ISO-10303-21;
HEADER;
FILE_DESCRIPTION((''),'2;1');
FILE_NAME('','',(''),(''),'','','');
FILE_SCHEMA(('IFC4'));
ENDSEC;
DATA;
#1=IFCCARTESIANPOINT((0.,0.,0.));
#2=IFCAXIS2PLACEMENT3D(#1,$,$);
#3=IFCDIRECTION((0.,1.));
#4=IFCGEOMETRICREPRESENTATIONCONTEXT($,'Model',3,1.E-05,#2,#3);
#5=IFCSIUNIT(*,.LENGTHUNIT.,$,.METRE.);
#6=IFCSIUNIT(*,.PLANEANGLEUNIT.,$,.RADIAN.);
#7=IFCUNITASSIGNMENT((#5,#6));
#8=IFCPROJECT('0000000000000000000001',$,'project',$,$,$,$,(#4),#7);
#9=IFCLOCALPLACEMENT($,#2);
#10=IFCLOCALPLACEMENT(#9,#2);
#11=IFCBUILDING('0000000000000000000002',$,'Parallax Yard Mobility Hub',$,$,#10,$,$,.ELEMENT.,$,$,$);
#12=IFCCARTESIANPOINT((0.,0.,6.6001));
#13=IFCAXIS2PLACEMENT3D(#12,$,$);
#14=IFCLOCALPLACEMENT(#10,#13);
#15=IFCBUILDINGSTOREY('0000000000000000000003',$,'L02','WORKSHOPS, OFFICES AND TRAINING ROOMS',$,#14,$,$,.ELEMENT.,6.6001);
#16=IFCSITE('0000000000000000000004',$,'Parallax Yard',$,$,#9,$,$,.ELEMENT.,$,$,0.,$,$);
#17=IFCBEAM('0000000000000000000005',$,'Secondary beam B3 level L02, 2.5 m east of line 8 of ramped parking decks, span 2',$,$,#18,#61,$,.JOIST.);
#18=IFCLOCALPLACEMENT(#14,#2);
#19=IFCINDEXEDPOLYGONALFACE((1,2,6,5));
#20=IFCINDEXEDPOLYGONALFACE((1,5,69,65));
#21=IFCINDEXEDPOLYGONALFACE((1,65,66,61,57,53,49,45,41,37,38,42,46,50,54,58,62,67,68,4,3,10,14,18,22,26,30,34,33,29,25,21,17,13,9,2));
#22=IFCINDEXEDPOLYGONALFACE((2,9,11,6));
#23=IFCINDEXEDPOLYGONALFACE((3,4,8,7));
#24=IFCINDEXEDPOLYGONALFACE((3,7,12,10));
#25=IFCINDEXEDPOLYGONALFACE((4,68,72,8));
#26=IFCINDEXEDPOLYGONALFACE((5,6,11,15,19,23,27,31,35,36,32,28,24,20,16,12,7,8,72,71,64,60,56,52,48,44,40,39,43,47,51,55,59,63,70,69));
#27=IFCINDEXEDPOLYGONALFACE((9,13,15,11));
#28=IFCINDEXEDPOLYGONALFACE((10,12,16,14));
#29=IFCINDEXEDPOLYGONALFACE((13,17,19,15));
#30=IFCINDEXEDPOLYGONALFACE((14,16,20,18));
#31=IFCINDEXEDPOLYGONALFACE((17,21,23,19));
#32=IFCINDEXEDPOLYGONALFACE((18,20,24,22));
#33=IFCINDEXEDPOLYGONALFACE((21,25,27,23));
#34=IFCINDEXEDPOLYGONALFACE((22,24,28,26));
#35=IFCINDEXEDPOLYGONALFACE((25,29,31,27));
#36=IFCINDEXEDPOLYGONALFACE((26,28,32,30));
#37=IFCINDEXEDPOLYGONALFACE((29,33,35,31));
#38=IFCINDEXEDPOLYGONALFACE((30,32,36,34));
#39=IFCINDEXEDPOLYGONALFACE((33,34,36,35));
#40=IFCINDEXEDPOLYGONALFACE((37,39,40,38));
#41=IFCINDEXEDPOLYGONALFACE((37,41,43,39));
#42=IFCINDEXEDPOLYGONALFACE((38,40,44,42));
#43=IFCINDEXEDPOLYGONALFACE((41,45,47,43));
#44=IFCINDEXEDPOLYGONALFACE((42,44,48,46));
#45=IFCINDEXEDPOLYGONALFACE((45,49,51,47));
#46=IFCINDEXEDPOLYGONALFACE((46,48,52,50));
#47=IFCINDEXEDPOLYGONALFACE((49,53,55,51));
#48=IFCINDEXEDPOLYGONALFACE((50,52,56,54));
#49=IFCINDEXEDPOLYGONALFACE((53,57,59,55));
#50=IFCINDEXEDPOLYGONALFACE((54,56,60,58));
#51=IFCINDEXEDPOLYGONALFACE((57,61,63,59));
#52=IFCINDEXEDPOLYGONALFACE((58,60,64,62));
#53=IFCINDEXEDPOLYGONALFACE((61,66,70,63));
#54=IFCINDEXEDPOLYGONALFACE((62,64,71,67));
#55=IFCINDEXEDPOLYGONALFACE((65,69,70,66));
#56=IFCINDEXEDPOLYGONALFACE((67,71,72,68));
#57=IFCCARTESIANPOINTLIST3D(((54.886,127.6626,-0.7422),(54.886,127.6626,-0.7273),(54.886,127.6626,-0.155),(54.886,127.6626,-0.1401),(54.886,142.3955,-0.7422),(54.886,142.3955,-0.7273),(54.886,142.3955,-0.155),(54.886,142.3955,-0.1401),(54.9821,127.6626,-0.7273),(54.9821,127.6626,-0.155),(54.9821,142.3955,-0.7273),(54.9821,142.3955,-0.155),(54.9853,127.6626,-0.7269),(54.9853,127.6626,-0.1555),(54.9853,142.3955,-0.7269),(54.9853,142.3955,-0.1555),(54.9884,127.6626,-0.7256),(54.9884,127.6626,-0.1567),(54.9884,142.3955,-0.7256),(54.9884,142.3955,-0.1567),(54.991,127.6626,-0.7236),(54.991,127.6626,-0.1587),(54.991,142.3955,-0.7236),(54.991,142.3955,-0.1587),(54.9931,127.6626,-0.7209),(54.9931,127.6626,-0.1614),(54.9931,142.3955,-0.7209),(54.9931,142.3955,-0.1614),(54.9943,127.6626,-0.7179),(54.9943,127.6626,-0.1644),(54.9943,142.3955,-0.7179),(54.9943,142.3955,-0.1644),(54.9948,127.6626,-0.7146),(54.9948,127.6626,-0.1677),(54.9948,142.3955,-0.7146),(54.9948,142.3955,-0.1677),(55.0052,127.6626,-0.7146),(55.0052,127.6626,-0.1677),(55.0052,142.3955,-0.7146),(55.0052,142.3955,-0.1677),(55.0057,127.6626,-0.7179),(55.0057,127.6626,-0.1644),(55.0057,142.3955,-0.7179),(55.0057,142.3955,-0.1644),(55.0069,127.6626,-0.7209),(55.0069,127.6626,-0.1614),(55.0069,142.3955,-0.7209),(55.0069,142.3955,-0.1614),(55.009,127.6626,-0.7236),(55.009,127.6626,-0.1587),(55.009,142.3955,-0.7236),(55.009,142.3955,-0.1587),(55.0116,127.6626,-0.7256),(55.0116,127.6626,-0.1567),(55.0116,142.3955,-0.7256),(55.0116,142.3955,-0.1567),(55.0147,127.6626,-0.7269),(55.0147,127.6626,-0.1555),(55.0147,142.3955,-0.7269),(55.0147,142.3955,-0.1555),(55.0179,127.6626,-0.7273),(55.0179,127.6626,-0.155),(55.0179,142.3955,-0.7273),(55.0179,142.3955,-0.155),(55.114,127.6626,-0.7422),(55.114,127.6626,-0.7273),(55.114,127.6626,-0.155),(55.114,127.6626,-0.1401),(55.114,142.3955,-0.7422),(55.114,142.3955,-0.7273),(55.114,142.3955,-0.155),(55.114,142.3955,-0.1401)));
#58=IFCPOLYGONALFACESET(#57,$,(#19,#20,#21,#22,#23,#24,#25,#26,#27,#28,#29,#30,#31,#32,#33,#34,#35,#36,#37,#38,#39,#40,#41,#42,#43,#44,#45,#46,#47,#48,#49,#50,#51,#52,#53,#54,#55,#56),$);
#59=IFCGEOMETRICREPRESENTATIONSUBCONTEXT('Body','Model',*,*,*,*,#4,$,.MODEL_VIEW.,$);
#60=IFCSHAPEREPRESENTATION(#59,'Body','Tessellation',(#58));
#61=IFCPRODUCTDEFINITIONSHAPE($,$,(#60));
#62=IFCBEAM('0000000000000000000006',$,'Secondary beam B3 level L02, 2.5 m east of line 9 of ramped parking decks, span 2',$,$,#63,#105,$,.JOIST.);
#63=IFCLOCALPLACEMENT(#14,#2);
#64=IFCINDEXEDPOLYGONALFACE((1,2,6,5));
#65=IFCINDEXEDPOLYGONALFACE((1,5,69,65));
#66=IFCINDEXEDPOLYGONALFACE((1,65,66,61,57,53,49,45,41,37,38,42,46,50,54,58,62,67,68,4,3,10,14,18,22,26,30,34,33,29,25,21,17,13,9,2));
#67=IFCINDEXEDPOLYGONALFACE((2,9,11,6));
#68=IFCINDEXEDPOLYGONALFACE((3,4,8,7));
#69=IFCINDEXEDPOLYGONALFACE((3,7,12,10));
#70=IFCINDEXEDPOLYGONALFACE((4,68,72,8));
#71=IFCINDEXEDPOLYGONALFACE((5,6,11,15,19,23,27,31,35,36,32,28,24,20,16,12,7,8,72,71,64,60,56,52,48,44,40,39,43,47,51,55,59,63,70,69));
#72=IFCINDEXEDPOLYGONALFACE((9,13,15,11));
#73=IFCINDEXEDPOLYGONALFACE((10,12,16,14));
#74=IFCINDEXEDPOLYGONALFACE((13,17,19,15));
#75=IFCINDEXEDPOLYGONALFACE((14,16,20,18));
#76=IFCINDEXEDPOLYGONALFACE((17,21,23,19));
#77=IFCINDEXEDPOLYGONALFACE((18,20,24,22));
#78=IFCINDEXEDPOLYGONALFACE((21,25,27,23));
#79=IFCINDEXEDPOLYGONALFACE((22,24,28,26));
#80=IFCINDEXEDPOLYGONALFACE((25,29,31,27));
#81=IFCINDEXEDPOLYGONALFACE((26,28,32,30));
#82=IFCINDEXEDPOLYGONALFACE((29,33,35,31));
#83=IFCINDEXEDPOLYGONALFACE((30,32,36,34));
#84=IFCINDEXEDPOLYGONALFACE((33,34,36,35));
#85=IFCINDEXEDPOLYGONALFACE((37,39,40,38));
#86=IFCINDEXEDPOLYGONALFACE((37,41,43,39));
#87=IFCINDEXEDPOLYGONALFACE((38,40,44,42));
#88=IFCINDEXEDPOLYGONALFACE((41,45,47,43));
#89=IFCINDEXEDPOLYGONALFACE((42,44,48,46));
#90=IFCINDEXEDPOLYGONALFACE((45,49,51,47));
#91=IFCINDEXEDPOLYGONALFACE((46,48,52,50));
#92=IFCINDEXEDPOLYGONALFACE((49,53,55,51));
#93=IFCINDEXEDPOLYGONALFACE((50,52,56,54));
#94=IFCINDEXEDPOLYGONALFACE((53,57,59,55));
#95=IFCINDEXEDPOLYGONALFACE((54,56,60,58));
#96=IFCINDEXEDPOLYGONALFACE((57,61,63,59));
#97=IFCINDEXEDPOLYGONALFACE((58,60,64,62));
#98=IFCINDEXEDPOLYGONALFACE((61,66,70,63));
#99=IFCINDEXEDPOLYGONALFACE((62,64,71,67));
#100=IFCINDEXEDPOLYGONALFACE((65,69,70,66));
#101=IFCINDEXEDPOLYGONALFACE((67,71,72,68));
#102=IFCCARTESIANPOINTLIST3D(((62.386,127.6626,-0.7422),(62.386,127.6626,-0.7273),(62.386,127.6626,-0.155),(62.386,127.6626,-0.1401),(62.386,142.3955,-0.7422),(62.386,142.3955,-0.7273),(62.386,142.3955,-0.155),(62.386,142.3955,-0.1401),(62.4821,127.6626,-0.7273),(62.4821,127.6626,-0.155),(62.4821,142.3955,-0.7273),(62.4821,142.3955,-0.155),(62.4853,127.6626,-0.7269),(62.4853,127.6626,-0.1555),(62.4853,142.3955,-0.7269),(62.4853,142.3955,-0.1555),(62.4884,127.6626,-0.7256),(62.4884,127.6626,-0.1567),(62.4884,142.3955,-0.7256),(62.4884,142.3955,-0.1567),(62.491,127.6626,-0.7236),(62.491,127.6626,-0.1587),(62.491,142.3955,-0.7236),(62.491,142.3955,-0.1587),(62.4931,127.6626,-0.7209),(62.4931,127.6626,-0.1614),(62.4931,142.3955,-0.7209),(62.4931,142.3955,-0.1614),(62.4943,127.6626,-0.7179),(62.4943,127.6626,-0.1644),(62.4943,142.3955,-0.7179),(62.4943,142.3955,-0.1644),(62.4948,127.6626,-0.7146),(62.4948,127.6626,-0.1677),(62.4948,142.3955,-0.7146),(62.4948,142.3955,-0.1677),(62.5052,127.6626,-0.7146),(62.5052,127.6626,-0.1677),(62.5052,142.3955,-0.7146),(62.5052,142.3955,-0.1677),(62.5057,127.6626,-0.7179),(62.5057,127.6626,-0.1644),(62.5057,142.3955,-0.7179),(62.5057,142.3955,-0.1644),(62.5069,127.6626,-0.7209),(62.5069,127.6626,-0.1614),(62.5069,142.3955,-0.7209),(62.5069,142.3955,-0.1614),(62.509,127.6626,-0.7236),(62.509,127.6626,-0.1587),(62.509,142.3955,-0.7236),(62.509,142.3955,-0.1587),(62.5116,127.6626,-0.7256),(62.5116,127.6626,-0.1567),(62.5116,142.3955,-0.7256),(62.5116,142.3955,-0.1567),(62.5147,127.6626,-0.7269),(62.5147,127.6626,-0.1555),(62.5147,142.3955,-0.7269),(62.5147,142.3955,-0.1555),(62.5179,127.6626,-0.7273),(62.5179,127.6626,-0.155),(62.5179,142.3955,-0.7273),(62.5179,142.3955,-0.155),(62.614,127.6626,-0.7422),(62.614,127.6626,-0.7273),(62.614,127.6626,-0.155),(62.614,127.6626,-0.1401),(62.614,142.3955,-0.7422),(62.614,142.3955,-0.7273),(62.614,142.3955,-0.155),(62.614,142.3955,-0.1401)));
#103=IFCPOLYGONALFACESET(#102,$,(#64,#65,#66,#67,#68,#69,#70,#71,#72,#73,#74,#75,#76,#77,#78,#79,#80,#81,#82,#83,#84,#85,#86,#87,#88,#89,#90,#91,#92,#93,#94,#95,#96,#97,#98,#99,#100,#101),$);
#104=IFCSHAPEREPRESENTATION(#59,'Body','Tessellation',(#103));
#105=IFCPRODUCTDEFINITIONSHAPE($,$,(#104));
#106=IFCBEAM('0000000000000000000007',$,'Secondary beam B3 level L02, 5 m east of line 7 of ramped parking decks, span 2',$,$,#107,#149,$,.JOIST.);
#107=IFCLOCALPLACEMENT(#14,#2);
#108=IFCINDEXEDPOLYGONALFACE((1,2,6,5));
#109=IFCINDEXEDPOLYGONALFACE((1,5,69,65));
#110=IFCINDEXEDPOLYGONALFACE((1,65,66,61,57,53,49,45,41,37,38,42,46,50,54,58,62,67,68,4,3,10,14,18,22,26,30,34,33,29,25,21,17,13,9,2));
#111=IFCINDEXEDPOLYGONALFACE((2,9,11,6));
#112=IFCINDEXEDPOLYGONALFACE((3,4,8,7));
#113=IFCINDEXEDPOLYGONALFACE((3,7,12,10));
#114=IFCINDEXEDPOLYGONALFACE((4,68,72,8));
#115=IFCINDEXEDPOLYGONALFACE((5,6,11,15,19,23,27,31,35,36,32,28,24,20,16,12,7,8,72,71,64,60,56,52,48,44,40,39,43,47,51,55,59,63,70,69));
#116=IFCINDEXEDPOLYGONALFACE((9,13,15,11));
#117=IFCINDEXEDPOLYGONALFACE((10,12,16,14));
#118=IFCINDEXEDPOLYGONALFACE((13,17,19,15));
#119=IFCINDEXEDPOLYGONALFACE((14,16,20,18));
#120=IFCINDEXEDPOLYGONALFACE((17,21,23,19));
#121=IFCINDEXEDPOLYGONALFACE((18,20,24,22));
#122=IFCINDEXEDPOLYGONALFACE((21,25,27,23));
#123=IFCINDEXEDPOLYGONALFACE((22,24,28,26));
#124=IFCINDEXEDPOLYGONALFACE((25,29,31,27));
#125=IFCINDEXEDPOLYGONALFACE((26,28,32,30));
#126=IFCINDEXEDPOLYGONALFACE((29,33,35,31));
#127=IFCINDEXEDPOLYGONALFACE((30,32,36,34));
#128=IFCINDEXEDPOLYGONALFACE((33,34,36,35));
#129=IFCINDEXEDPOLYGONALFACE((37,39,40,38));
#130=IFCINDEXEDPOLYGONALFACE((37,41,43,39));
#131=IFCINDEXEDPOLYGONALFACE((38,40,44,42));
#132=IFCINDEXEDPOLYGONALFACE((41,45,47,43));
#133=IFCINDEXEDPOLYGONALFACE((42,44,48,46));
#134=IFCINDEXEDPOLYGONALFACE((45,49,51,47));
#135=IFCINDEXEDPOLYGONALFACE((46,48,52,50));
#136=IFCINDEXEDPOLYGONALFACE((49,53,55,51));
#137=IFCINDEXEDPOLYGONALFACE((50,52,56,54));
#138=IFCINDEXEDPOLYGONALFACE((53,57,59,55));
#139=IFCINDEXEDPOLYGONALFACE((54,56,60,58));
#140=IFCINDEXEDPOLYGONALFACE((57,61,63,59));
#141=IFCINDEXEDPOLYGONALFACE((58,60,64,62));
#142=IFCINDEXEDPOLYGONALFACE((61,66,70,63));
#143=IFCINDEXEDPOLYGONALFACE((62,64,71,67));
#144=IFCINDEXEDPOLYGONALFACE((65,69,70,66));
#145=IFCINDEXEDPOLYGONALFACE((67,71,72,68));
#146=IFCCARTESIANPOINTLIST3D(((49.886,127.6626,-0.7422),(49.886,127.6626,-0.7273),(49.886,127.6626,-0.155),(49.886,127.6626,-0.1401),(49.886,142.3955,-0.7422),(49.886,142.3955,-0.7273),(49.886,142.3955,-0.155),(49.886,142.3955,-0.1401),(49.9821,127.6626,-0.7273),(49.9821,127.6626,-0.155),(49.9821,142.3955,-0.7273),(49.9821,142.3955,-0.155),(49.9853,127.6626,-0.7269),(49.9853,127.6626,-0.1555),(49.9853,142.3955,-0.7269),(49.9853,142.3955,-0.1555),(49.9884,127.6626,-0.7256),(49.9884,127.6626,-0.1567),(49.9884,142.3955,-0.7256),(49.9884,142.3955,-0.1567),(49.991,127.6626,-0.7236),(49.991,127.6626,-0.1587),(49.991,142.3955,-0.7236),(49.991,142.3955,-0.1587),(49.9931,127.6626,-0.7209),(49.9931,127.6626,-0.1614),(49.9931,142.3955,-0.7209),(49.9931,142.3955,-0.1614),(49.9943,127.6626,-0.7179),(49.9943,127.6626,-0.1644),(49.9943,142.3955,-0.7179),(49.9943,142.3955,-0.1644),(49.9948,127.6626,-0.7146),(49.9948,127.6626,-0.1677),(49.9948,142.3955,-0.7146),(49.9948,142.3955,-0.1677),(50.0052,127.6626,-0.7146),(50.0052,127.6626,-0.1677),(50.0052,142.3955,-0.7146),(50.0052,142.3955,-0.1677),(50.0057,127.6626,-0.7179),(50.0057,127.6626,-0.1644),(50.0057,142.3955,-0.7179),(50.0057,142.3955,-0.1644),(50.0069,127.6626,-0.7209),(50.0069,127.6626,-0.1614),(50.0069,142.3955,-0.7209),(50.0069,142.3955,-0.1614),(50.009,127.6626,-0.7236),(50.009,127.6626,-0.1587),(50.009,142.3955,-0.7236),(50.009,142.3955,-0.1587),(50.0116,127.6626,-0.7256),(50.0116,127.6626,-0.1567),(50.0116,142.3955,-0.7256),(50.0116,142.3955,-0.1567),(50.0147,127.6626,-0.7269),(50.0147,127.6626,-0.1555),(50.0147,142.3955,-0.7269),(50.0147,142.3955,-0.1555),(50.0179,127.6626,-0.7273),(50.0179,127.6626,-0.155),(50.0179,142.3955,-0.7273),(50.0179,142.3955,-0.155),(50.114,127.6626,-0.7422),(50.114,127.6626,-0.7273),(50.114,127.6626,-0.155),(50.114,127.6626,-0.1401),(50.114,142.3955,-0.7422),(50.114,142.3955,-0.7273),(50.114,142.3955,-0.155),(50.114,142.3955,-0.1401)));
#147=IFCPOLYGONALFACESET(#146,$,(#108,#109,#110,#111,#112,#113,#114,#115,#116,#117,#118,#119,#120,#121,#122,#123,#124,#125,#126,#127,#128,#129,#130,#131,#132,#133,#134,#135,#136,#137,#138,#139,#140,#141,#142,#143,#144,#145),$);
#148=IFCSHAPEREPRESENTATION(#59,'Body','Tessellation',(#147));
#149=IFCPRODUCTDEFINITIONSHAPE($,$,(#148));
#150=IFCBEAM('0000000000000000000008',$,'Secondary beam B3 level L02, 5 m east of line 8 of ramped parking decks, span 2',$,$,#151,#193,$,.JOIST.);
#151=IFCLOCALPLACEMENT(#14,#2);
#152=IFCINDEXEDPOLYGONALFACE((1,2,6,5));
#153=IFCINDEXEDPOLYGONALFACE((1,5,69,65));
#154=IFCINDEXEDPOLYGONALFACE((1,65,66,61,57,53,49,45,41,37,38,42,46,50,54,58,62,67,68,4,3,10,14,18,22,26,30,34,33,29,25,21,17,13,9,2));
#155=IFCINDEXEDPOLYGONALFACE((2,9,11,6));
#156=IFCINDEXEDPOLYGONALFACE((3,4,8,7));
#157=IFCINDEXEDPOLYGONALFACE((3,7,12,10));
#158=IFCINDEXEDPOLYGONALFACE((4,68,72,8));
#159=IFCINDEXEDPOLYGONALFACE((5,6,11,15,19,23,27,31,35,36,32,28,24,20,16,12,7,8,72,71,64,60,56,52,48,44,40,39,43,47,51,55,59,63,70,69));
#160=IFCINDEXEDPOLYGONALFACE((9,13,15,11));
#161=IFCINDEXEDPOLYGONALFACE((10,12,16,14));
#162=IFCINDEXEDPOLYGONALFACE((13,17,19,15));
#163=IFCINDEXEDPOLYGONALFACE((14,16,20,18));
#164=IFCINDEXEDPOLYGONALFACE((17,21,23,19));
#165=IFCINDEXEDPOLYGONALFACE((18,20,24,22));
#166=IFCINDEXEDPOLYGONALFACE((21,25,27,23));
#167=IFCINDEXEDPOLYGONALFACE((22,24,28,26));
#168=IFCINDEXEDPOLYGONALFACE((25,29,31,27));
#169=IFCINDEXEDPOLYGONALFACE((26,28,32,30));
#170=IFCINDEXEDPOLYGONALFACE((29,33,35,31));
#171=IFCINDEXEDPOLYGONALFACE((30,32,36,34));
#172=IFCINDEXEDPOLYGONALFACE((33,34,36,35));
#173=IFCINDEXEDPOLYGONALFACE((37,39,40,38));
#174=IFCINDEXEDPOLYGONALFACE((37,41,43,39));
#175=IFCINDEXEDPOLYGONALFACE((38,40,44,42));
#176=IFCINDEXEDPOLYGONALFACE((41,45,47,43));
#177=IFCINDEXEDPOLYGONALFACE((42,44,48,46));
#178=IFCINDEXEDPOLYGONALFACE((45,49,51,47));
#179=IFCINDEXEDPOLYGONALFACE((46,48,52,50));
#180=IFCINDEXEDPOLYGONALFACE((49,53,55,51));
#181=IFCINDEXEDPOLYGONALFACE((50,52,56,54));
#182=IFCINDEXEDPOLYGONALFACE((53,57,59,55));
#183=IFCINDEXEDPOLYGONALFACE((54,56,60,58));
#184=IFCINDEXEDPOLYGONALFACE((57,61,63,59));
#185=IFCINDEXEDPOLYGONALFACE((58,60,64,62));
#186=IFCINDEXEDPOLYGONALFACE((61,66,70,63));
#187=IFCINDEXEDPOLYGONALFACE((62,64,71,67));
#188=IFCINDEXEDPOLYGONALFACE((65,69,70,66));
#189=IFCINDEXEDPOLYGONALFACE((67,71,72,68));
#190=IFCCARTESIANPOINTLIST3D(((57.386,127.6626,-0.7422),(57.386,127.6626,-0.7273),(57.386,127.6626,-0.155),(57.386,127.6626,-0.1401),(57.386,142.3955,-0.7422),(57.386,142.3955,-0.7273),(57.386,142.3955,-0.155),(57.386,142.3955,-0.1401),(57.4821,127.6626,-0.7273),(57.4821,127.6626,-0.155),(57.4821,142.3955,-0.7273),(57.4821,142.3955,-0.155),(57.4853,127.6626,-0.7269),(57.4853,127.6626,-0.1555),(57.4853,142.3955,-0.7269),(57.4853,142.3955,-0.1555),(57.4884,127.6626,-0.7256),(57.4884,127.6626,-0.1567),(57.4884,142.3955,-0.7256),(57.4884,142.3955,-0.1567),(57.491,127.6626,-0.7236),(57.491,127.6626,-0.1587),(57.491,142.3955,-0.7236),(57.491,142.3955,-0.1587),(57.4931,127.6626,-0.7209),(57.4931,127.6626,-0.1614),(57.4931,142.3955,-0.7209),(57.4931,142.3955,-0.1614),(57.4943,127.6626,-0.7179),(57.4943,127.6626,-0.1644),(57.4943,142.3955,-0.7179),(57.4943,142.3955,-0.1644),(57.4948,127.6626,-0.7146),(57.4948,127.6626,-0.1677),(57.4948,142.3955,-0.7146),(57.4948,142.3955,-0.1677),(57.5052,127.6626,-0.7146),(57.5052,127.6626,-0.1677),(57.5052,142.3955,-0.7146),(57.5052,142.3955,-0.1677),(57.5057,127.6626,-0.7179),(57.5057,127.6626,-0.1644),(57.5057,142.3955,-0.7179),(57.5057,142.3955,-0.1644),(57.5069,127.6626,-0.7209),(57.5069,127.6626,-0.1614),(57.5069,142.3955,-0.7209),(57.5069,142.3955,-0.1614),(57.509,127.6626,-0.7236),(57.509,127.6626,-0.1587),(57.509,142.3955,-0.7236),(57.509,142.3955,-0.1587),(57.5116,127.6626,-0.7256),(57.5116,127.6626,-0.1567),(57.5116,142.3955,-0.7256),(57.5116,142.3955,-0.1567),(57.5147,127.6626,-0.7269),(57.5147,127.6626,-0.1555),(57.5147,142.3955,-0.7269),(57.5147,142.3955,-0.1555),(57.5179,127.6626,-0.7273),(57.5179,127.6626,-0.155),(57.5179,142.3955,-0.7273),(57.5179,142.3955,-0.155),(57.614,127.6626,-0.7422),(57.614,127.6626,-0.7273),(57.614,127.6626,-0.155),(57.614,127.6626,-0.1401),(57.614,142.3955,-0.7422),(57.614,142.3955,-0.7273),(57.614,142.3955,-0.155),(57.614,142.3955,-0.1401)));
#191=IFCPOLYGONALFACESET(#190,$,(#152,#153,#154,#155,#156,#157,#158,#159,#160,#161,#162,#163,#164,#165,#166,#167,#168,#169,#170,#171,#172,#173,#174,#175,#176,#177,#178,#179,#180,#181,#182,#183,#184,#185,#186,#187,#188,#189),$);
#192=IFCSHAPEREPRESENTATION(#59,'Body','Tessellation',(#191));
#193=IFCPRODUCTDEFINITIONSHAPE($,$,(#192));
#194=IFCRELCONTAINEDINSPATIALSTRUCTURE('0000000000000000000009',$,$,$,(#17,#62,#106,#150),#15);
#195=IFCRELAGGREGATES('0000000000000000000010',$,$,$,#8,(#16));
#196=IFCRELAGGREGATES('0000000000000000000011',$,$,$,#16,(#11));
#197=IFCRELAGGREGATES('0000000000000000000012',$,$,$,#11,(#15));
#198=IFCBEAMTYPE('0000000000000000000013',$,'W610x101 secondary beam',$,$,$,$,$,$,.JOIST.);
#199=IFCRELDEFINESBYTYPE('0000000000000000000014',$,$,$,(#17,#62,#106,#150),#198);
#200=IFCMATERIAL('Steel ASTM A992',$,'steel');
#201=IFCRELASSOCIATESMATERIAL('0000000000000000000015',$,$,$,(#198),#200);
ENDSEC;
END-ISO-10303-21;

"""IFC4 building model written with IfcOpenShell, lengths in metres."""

from ifc_helpers import new_model, si_unit, direction, frame, origin, origin_2d, place, context, subcontext, project, spatial, i_section, extrude, material, material_profile, profile_set, type_object, element, save


model = new_model("IFC4")

# Units and contexts
model_context = context("Model", 3, precision=1e-05, world=origin(), true_north=direction((0.0, 1.0)))
body_context = subcontext(model_context, "Body", "Model", "MODEL_VIEW")
ifc_project = project(units=[si_unit("LENGTHUNIT", "METRE"), si_unit("PLANEANGLEUNIT", "RADIAN")], contexts=[model_context])

# Site, building, storey
site_placement = place(None, origin())
site = spatial("IfcSite", under=ifc_project, at=site_placement, Name="Parallax Yard", CompositionType="ELEMENT", RefElevation=0.0)
building_placement = place(site_placement, origin())
building = spatial("IfcBuilding", under=site, at=building_placement, Name="Parallax Yard Mobility Hub", CompositionType="ELEMENT")
storey_placement = place(building_placement, frame((0.0, 0.0, 6.6001)))
storey = spatial("IfcBuildingStorey", under=building, at=storey_placement, Name="L02", Description="WORKSHOPS, OFFICES AND TRAINING ROOMS", CompositionType="ELEMENT", Elevation=6.6001)

# Shared definitions
ifc_material_1 = material(Name="Steel ASTM A992", Category="steel")

# Beams
ifc_material_profile_1 = material_profile(ifc_material_1, i_section(OverallWidth=0.228, OverallDepth=0.6021, WebThickness=0.0105, FlangeThickness=0.0149, FilletRadius=0.0127, at=origin_2d()), Name="W610x101")
ifc_profile_set_1 = profile_set([ifc_material_profile_1], Name="Steel ASTM A992")
beam_type_1 = type_object("IfcBeamType", Name="W610x101 secondary beam", PredefinedType="JOIST", material=ifc_profile_set_1)
for number, where, z_axis, x_axis, name in (
    (1, (55.0, 127.6626, -0.4412), (0.0, 1.0, 0.0), (-1.0, 0.0, 0.0), "Secondary beam B3 level L02, 2.5 m east of line 8 of ramped parking decks, span 2"),
    (2, (62.5, 127.6626, -0.4412), (0.0, 1.0, 0.0), (-1.0, 0.0, 0.0), "Secondary beam B3 level L02, 2.5 m east of line 9 of ramped parking decks, span 2"),
    (3, (50.0, 127.6626, -0.4412), (0.0, 1.0, 0.0), (-1.0, 0.0, 0.0), "Secondary beam B3 level L02, 5 m east of line 7 of ramped parking decks, span 2"),
    (4, (57.5, 127.6626, -0.4412), (0.0, 1.0, 0.0), (-1.0, 0.0, 0.0), "Secondary beam B3 level L02, 5 m east of line 8 of ramped parking decks, span 2"),
):
    element("IfcBeam", number, at=place(storey_placement, frame(where, z_axis=z_axis, x_axis=x_axis)), inside=storey, type_object=beam_type_1, Name=name, PredefinedType="JOIST", context=body_context, shape_type="SweptSolid", body=[
        extrude(i_section(OverallWidth=0.228, OverallDepth=0.6021, WebThickness=0.0105, FlangeThickness=0.0149, FilletRadius=0.0127, at=origin_2d()), origin(), (0.0, 0.0, 1.0), 14.7329),
    ])

save(model, "model.ifc")
